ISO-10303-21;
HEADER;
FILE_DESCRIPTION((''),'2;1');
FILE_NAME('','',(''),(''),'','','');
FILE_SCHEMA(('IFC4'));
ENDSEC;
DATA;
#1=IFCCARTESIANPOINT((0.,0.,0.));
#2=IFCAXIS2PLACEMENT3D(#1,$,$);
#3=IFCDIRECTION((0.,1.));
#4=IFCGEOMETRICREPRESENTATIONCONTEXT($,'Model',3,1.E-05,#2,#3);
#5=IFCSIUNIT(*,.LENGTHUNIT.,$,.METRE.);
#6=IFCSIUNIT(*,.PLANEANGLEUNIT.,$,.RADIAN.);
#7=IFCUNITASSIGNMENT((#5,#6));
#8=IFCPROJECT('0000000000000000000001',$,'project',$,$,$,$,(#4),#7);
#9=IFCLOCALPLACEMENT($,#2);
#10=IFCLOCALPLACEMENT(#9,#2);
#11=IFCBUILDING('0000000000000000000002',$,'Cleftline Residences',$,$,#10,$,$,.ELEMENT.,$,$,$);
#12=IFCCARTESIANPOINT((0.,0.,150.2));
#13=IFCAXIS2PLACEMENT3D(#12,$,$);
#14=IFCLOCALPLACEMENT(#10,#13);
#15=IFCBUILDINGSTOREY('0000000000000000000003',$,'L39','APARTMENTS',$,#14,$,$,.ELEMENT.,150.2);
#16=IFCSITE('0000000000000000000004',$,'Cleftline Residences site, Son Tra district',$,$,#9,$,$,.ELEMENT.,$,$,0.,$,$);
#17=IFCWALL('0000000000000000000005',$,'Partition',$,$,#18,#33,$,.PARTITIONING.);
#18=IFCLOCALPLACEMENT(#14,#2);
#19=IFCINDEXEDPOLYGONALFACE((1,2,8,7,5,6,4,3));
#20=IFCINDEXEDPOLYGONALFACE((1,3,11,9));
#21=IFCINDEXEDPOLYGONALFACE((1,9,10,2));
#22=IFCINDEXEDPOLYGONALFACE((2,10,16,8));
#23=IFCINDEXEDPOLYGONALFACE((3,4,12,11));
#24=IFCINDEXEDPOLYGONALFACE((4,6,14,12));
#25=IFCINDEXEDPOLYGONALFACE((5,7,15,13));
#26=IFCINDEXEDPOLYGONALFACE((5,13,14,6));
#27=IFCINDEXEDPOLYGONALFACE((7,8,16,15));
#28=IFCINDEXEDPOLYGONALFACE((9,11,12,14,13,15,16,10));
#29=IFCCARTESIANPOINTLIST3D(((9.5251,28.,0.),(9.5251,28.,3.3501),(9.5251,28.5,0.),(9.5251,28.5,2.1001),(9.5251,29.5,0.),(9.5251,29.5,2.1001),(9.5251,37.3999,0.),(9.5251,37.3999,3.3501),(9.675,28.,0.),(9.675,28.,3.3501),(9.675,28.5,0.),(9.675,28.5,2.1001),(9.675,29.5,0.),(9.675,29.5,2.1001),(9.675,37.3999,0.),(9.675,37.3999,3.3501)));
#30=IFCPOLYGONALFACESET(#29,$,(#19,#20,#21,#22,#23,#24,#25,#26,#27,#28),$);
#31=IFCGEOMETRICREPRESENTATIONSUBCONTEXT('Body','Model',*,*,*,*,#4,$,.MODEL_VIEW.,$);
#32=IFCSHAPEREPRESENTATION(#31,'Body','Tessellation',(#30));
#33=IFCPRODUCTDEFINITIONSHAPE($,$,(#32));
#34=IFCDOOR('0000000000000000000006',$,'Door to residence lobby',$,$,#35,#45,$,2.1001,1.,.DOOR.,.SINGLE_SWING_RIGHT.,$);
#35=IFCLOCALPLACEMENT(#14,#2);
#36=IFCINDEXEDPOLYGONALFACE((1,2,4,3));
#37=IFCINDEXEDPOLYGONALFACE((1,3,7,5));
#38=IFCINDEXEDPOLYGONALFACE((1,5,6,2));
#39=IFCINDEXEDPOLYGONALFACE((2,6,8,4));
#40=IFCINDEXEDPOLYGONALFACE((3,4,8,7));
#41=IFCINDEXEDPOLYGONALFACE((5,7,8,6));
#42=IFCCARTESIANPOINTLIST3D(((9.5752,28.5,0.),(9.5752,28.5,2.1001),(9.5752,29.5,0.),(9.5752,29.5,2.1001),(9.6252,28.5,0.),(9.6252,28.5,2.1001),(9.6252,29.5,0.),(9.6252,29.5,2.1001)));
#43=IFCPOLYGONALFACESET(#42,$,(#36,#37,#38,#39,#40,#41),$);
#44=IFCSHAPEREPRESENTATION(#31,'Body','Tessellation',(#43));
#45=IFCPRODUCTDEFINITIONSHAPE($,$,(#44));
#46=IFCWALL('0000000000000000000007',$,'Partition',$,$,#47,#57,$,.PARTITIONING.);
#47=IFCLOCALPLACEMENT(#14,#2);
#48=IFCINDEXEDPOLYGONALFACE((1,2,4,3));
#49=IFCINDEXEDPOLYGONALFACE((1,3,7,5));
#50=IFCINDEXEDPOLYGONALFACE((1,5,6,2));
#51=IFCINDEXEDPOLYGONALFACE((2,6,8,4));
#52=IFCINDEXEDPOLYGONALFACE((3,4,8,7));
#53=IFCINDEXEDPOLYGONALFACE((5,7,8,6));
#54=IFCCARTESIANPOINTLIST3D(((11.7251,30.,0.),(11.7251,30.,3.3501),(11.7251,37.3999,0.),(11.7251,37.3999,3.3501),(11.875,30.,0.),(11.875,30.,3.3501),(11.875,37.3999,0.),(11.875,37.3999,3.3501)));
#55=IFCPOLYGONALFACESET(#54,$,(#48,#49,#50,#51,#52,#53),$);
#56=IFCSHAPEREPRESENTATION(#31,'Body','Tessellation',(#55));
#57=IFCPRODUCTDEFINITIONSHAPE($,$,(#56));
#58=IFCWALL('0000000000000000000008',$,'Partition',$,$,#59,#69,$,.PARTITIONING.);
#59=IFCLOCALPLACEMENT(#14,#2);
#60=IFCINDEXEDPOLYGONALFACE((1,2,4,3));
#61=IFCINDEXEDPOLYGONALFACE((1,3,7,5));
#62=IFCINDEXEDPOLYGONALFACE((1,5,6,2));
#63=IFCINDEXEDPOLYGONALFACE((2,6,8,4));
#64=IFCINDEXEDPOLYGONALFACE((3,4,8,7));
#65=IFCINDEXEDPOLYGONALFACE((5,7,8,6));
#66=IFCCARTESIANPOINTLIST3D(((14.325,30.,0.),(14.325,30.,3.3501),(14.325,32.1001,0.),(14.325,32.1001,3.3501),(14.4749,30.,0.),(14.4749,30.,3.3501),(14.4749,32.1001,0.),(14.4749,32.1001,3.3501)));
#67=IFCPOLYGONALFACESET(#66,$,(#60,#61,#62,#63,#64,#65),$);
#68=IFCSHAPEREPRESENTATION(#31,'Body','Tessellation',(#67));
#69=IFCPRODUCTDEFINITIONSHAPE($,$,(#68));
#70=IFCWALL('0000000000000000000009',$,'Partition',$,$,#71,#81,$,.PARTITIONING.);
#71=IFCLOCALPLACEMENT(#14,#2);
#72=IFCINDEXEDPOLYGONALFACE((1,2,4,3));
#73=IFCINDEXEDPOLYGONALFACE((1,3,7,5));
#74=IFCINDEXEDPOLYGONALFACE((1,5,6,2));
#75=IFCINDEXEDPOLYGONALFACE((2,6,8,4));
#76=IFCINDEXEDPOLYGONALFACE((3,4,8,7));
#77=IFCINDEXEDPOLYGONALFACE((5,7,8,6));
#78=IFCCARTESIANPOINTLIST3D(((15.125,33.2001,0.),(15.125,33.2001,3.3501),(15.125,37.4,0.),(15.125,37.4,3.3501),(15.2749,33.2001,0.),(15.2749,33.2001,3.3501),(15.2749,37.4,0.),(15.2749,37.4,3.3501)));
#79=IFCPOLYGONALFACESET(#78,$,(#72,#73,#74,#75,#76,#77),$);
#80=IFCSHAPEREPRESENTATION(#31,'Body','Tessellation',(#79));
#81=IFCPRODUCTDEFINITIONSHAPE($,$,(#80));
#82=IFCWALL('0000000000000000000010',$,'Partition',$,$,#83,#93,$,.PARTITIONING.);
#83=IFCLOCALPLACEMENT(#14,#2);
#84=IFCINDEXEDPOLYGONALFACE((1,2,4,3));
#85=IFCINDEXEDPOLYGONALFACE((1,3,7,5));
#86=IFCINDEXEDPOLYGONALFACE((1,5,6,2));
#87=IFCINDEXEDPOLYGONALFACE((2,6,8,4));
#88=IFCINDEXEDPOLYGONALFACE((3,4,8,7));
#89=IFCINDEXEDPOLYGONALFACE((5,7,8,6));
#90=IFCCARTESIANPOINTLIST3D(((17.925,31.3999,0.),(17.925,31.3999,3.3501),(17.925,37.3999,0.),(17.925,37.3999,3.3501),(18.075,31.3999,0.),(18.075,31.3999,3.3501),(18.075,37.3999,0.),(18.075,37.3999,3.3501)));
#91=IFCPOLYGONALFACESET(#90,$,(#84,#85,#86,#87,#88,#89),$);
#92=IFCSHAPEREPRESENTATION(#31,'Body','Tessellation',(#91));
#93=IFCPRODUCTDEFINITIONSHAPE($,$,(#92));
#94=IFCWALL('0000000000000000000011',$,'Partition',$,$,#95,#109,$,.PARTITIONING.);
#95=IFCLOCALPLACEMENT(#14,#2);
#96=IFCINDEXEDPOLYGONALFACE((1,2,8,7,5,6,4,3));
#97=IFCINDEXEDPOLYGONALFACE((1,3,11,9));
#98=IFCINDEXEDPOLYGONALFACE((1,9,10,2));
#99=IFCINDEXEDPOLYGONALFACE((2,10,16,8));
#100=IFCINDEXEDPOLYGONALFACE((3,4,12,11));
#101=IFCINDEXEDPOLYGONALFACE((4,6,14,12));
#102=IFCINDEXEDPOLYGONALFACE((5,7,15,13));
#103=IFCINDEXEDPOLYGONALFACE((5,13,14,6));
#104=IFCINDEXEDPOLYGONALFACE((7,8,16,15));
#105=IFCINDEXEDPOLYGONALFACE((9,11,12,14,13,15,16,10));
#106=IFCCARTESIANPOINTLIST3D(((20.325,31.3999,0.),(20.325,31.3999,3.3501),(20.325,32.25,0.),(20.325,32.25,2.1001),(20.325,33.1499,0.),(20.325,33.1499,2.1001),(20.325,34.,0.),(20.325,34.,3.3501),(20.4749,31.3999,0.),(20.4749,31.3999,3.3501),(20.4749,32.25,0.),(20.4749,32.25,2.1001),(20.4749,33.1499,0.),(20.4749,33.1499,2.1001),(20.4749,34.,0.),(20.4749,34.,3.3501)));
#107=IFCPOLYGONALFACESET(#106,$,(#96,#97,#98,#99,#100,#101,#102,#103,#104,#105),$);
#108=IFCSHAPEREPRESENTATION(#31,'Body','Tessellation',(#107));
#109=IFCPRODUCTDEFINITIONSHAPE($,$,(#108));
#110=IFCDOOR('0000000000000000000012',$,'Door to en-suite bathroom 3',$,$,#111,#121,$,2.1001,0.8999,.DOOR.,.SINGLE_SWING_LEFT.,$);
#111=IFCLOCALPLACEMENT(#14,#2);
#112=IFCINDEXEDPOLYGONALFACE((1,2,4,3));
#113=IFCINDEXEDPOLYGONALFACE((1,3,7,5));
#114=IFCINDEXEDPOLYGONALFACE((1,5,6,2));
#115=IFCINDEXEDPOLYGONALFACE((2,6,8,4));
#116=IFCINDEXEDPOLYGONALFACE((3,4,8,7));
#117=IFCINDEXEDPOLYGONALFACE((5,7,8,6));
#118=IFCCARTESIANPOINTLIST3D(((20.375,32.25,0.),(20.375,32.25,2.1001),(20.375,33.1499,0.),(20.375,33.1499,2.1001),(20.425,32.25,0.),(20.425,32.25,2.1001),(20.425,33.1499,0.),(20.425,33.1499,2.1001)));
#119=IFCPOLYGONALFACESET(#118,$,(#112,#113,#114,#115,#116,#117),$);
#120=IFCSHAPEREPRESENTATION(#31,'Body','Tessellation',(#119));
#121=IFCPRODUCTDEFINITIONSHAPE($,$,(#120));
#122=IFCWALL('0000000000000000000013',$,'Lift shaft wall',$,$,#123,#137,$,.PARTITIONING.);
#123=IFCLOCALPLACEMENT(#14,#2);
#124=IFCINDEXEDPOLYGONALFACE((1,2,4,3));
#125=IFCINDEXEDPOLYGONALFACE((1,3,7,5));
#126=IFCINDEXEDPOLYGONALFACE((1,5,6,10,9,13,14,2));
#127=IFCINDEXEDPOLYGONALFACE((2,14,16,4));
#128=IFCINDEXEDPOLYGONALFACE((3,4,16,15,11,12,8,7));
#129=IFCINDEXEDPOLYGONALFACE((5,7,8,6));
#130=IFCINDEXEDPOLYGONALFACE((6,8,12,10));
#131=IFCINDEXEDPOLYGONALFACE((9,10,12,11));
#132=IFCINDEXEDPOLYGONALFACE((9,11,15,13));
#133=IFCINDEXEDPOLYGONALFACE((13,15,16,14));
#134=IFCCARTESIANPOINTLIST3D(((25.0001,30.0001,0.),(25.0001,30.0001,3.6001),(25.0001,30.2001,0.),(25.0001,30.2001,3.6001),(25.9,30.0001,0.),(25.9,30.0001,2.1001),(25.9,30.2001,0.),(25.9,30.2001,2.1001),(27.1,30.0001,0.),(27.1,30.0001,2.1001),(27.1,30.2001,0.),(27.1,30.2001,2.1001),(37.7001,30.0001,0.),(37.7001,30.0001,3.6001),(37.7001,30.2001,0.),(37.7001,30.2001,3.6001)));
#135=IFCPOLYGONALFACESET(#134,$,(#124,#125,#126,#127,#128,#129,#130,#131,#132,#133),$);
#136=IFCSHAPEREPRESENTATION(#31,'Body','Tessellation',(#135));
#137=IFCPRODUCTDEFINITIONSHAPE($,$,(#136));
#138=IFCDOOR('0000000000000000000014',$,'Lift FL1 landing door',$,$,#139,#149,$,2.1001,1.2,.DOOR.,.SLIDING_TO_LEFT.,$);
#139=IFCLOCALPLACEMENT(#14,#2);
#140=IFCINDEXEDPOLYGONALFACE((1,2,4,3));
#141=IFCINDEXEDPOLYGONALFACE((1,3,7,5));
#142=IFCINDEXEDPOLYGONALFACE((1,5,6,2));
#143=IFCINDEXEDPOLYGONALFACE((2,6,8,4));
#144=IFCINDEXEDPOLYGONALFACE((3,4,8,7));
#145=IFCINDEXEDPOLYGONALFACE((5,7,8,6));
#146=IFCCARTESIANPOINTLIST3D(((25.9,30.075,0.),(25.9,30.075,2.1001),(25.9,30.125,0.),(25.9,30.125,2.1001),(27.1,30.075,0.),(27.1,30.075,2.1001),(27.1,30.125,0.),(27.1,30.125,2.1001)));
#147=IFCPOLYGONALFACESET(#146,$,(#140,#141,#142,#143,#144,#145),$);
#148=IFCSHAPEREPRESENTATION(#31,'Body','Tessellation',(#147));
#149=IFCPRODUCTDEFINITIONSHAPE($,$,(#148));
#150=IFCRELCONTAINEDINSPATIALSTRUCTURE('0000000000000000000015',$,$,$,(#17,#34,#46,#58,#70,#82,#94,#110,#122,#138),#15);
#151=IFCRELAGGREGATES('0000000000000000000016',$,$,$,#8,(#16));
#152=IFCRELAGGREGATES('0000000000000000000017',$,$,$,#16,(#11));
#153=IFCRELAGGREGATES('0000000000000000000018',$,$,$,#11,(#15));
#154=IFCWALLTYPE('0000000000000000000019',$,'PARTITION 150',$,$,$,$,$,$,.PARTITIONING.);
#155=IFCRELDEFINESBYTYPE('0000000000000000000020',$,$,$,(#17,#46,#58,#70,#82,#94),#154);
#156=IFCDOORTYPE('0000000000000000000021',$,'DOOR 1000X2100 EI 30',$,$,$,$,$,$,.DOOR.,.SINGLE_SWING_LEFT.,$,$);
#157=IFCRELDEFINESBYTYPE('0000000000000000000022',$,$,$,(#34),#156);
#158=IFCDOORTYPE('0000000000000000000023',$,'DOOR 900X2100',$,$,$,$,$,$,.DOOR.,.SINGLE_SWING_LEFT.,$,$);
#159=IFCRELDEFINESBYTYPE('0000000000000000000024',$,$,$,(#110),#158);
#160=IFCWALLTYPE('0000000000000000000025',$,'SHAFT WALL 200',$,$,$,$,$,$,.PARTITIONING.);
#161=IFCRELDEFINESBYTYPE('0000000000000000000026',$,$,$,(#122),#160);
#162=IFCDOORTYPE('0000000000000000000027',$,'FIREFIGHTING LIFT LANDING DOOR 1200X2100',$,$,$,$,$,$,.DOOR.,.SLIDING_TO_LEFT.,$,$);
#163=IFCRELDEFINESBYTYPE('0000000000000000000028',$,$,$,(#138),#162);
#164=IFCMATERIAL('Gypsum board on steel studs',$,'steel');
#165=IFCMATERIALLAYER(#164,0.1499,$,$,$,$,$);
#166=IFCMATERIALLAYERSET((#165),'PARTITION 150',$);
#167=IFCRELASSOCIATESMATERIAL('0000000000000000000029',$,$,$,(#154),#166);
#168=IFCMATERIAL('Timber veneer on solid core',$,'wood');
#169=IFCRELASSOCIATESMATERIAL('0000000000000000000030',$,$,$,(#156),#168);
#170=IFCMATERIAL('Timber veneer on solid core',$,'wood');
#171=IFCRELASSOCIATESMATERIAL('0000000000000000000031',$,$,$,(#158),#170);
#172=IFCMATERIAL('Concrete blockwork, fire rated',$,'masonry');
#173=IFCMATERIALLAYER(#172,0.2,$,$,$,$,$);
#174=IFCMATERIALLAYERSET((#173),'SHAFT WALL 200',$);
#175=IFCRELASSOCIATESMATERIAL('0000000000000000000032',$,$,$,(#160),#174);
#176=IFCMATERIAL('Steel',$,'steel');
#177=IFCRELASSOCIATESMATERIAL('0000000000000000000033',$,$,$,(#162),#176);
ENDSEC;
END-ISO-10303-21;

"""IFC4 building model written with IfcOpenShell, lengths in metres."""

from ifc_helpers import new_model, si_unit, direction, frame, frame_2d, origin, place, context, subcontext, project, spatial, rectangle, extrude, material, layer, layer_set, type_object, element, fill, save


model = new_model("IFC4")

# Units and contexts
model_context = context("Model", 3, precision=1e-05, world=origin(), true_north=direction((0.0, 1.0)))
body_context = subcontext(model_context, "Body", "Model", "MODEL_VIEW")
ifc_project = project(units=[si_unit("LENGTHUNIT", "METRE"), si_unit("PLANEANGLEUNIT", "RADIAN")], contexts=[model_context])

# Site, building, storey
site_placement = place(None, origin())
site = spatial("IfcSite", under=ifc_project, at=site_placement, Name="Cleftline Residences site, Son Tra district", CompositionType="ELEMENT", RefElevation=0.0)
building_placement = place(site_placement, origin())
building = spatial("IfcBuilding", under=site, at=building_placement, Name="Cleftline Residences", CompositionType="ELEMENT")
storey_placement = place(building_placement, frame((0.0, 0.0, 150.2)))
storey = spatial("IfcBuildingStorey", under=building, at=storey_placement, Name="L39", Description="APARTMENTS", CompositionType="ELEMENT", Elevation=150.2)

# Shared definitions
ifc_material_1 = material(Name="Gypsum board on steel studs", Category="steel")
ifc_layer_1 = layer(ifc_material_1, 0.1499)
ifc_layer_set_1 = layer_set([ifc_layer_1], Name="PARTITION 150")
wall_type_1 = type_object("IfcWallType", Name="PARTITION 150", PredefinedType="PARTITIONING", material=ifc_layer_set_1)

# Wall, opening, door
wall_1_placement = place(storey_placement, frame((9.6001, 28.0, 0.0), z_axis=(0.0, 0.0, 1.0), x_axis=(0.0, 1.0, 0.0)))
wall_1 = element("IfcWall", 1, at=wall_1_placement, inside=storey, type_object=wall_type_1, Name="Partition", PredefinedType="PARTITIONING", context=body_context, shape_type="SweptSolid", body=[
    extrude(rectangle(XDim=9.3999, YDim=0.1499, at=frame_2d((4.7, 0.0))), origin(), (0.0, 0.0, 1.0), 3.3501),
])
opening_1_placement = place(wall_1_placement, frame((0.5, 0.0, 0.0)))
opening_1 = element("IfcOpeningElement", 2, at=opening_1_placement, cuts=wall_1, PredefinedType="OPENING", context=body_context, shape_type="SweptSolid", body=[
    extrude(rectangle(XDim=1.0, YDim=2.1001, at=frame_2d((0.5, 1.05))), frame((0.0, 0.085, 0.0), z_axis=(0.0, -1.0, 0.0), x_axis=(1.0, 0.0, 0.0)), (0.0, 0.0, 1.0), 0.1699),
])
ifc_material_2 = material(Name="Timber veneer on solid core", Category="wood")
door_type_1 = type_object("IfcDoorType", Name="DOOR 1000X2100 EI 30", OperationType="SINGLE_SWING_LEFT", PredefinedType="DOOR", material=ifc_material_2)
door_1_placement = place(opening_1_placement, origin())
door_1 = element("IfcDoor", 3, at=door_1_placement, inside=storey, type_object=door_type_1, Name="Door to residence lobby", OperationType="SINGLE_SWING_RIGHT", OverallHeight=2.1001, OverallWidth=1.0, PredefinedType="DOOR", context=body_context, shape_type="SweptSolid", body=[
    extrude(rectangle(XDim=1.0, YDim=2.1001, at=frame_2d((0.5, 1.05))), frame((0.0, 0.0249, 0.0), z_axis=(0.0, -1.0, 0.0), x_axis=(1.0, 0.0, 0.0)), (0.0, 0.0, 1.0), 0.05),
])
fill(opening_1, door_1)

# Walls
wall_2_placement = place(storey_placement, frame((11.8, 30.0, 0.0), z_axis=(0.0, 0.0, 1.0), x_axis=(0.0, 1.0, 0.0)))
element("IfcWall", 4, at=wall_2_placement, inside=storey, type_object=wall_type_1, Name="Partition", PredefinedType="PARTITIONING", context=body_context, shape_type="SweptSolid", body=[
    extrude(rectangle(XDim=7.3999, YDim=0.1499, at=frame_2d((3.7, 0.0))), origin(), (0.0, 0.0, 1.0), 3.3501),
])
wall_3_placement = place(storey_placement, frame((14.3999, 30.0, 0.0), z_axis=(0.0, 0.0, 1.0), x_axis=(0.0, 1.0, 0.0)))
element("IfcWall", 5, at=wall_3_placement, inside=storey, type_object=wall_type_1, Name="Partition", PredefinedType="PARTITIONING", context=body_context, shape_type="SweptSolid", body=[
    extrude(rectangle(XDim=2.1001, YDim=0.1499, at=frame_2d((1.05, 0.0))), origin(), (0.0, 0.0, 1.0), 3.3501),
])
wall_4_placement = place(storey_placement, frame((15.2, 33.2, 0.0), z_axis=(0.0, 0.0, 1.0), x_axis=(0.0, 1.0, 0.0)))
element("IfcWall", 6, at=wall_4_placement, inside=storey, type_object=wall_type_1, Name="Partition", PredefinedType="PARTITIONING", context=body_context, shape_type="SweptSolid", body=[
    extrude(rectangle(XDim=4.2, YDim=0.1499, at=frame_2d((2.1001, 0.0))), origin(), (0.0, 0.0, 1.0), 3.3501),
])
wall_5_placement = place(storey_placement, frame((18.0, 31.3999, 0.0), z_axis=(0.0, 0.0, 1.0), x_axis=(0.0, 1.0, 0.0)))
element("IfcWall", 7, at=wall_5_placement, inside=storey, type_object=wall_type_1, Name="Partition", PredefinedType="PARTITIONING", context=body_context, shape_type="SweptSolid", body=[
    extrude(rectangle(XDim=6.0, YDim=0.1499, at=frame_2d((3.0, 0.0))), origin(), (0.0, 0.0, 1.0), 3.3501),
])

# Walls, openings, doors
wall_6_placement = place(storey_placement, frame((20.3999, 31.3999, 0.0), z_axis=(0.0, 0.0, 1.0), x_axis=(0.0, 1.0, 0.0)))
wall_6 = element("IfcWall", 8, at=wall_6_placement, inside=storey, type_object=wall_type_1, Name="Partition", PredefinedType="PARTITIONING", context=body_context, shape_type="SweptSolid", body=[
    extrude(rectangle(XDim=2.6001, YDim=0.1499, at=frame_2d((1.3, 0.0))), origin(), (0.0, 0.0, 1.0), 3.3501),
])
opening_2_placement = place(wall_6_placement, frame((0.8501, 0.0, 0.0)))
opening_2 = element("IfcOpeningElement", 9, at=opening_2_placement, cuts=wall_6, PredefinedType="OPENING", context=body_context, shape_type="SweptSolid", body=[
    extrude(rectangle(XDim=0.8999, YDim=2.1001, at=frame_2d((0.45, 1.05))), frame((0.0, 0.085, 0.0), z_axis=(0.0, -1.0, 0.0), x_axis=(1.0, 0.0, 0.0)), (0.0, 0.0, 1.0), 0.1699),
])
ifc_material_3 = material(Name="Timber veneer on solid core", Category="wood")
door_type_2 = type_object("IfcDoorType", Name="DOOR 900X2100", OperationType="SINGLE_SWING_LEFT", PredefinedType="DOOR", material=ifc_material_3)
door_2_placement = place(opening_2_placement, origin())
door_2 = element("IfcDoor", 10, at=door_2_placement, inside=storey, type_object=door_type_2, Name="Door to en-suite bathroom 3", OperationType="SINGLE_SWING_LEFT", OverallHeight=2.1001, OverallWidth=0.8999, PredefinedType="DOOR", context=body_context, shape_type="SweptSolid", body=[
    extrude(rectangle(XDim=0.8999, YDim=2.1001, at=frame_2d((0.45, 1.05))), frame((0.0, 0.0249, 0.0), z_axis=(0.0, -1.0, 0.0), x_axis=(1.0, 0.0, 0.0)), (0.0, 0.0, 1.0), 0.05),
])
fill(opening_2, door_2)
ifc_material_4 = material(Name="Concrete blockwork, fire rated", Category="masonry")
ifc_layer_2 = layer(ifc_material_4, 0.2)
ifc_layer_set_2 = layer_set([ifc_layer_2], Name="SHAFT WALL 200")
wall_type_2 = type_object("IfcWallType", Name="SHAFT WALL 200", PredefinedType="PARTITIONING", material=ifc_layer_set_2)
wall_7_placement = place(storey_placement, frame((25.0, 30.1001, 0.0), z_axis=(0.0, 0.0, 1.0), x_axis=(1.0, 0.0, 0.0)))
wall_7 = element("IfcWall", 11, at=wall_7_placement, inside=storey, type_object=wall_type_2, Name="Lift shaft wall", PredefinedType="PARTITIONING", context=body_context, shape_type="SweptSolid", body=[
    extrude(rectangle(XDim=12.7, YDim=0.2, at=frame_2d((6.3501, 0.0))), origin(), (0.0, 0.0, 1.0), 3.6001),
])
opening_3_placement = place(wall_7_placement, frame((0.8999, 0.0, 0.0)))
opening_3 = element("IfcOpeningElement", 12, at=opening_3_placement, cuts=wall_7, PredefinedType="OPENING", context=body_context, shape_type="SweptSolid", body=[
    extrude(rectangle(XDim=1.2, YDim=2.1001, at=frame_2d((0.6001, 1.05))), frame((0.0, 0.1099, 0.0), z_axis=(0.0, -1.0, 0.0), x_axis=(1.0, 0.0, 0.0)), (0.0, 0.0, 1.0), 0.22),
])
ifc_material_5 = material(Name="Steel", Category="steel")
door_type_3 = type_object("IfcDoorType", Name="FIREFIGHTING LIFT LANDING DOOR 1200X2100", OperationType="SLIDING_TO_LEFT", PredefinedType="DOOR", material=ifc_material_5)
door_3_placement = place(opening_3_placement, origin())
door_3 = element("IfcDoor", 13, at=door_3_placement, inside=storey, type_object=door_type_3, Name="Lift FL1 landing door", OperationType="SLIDING_TO_LEFT", OverallHeight=2.1001, OverallWidth=1.2, PredefinedType="DOOR", context=body_context, shape_type="SweptSolid", body=[
    extrude(rectangle(XDim=1.2, YDim=2.1001, at=frame_2d((0.6001, 1.05))), frame((0.0, 0.0249, 0.0), z_axis=(0.0, -1.0, 0.0), x_axis=(1.0, 0.0, 0.0)), (0.0, 0.0, 1.0), 0.05),
])
fill(opening_3, door_3)

save(model, "model.ifc")
